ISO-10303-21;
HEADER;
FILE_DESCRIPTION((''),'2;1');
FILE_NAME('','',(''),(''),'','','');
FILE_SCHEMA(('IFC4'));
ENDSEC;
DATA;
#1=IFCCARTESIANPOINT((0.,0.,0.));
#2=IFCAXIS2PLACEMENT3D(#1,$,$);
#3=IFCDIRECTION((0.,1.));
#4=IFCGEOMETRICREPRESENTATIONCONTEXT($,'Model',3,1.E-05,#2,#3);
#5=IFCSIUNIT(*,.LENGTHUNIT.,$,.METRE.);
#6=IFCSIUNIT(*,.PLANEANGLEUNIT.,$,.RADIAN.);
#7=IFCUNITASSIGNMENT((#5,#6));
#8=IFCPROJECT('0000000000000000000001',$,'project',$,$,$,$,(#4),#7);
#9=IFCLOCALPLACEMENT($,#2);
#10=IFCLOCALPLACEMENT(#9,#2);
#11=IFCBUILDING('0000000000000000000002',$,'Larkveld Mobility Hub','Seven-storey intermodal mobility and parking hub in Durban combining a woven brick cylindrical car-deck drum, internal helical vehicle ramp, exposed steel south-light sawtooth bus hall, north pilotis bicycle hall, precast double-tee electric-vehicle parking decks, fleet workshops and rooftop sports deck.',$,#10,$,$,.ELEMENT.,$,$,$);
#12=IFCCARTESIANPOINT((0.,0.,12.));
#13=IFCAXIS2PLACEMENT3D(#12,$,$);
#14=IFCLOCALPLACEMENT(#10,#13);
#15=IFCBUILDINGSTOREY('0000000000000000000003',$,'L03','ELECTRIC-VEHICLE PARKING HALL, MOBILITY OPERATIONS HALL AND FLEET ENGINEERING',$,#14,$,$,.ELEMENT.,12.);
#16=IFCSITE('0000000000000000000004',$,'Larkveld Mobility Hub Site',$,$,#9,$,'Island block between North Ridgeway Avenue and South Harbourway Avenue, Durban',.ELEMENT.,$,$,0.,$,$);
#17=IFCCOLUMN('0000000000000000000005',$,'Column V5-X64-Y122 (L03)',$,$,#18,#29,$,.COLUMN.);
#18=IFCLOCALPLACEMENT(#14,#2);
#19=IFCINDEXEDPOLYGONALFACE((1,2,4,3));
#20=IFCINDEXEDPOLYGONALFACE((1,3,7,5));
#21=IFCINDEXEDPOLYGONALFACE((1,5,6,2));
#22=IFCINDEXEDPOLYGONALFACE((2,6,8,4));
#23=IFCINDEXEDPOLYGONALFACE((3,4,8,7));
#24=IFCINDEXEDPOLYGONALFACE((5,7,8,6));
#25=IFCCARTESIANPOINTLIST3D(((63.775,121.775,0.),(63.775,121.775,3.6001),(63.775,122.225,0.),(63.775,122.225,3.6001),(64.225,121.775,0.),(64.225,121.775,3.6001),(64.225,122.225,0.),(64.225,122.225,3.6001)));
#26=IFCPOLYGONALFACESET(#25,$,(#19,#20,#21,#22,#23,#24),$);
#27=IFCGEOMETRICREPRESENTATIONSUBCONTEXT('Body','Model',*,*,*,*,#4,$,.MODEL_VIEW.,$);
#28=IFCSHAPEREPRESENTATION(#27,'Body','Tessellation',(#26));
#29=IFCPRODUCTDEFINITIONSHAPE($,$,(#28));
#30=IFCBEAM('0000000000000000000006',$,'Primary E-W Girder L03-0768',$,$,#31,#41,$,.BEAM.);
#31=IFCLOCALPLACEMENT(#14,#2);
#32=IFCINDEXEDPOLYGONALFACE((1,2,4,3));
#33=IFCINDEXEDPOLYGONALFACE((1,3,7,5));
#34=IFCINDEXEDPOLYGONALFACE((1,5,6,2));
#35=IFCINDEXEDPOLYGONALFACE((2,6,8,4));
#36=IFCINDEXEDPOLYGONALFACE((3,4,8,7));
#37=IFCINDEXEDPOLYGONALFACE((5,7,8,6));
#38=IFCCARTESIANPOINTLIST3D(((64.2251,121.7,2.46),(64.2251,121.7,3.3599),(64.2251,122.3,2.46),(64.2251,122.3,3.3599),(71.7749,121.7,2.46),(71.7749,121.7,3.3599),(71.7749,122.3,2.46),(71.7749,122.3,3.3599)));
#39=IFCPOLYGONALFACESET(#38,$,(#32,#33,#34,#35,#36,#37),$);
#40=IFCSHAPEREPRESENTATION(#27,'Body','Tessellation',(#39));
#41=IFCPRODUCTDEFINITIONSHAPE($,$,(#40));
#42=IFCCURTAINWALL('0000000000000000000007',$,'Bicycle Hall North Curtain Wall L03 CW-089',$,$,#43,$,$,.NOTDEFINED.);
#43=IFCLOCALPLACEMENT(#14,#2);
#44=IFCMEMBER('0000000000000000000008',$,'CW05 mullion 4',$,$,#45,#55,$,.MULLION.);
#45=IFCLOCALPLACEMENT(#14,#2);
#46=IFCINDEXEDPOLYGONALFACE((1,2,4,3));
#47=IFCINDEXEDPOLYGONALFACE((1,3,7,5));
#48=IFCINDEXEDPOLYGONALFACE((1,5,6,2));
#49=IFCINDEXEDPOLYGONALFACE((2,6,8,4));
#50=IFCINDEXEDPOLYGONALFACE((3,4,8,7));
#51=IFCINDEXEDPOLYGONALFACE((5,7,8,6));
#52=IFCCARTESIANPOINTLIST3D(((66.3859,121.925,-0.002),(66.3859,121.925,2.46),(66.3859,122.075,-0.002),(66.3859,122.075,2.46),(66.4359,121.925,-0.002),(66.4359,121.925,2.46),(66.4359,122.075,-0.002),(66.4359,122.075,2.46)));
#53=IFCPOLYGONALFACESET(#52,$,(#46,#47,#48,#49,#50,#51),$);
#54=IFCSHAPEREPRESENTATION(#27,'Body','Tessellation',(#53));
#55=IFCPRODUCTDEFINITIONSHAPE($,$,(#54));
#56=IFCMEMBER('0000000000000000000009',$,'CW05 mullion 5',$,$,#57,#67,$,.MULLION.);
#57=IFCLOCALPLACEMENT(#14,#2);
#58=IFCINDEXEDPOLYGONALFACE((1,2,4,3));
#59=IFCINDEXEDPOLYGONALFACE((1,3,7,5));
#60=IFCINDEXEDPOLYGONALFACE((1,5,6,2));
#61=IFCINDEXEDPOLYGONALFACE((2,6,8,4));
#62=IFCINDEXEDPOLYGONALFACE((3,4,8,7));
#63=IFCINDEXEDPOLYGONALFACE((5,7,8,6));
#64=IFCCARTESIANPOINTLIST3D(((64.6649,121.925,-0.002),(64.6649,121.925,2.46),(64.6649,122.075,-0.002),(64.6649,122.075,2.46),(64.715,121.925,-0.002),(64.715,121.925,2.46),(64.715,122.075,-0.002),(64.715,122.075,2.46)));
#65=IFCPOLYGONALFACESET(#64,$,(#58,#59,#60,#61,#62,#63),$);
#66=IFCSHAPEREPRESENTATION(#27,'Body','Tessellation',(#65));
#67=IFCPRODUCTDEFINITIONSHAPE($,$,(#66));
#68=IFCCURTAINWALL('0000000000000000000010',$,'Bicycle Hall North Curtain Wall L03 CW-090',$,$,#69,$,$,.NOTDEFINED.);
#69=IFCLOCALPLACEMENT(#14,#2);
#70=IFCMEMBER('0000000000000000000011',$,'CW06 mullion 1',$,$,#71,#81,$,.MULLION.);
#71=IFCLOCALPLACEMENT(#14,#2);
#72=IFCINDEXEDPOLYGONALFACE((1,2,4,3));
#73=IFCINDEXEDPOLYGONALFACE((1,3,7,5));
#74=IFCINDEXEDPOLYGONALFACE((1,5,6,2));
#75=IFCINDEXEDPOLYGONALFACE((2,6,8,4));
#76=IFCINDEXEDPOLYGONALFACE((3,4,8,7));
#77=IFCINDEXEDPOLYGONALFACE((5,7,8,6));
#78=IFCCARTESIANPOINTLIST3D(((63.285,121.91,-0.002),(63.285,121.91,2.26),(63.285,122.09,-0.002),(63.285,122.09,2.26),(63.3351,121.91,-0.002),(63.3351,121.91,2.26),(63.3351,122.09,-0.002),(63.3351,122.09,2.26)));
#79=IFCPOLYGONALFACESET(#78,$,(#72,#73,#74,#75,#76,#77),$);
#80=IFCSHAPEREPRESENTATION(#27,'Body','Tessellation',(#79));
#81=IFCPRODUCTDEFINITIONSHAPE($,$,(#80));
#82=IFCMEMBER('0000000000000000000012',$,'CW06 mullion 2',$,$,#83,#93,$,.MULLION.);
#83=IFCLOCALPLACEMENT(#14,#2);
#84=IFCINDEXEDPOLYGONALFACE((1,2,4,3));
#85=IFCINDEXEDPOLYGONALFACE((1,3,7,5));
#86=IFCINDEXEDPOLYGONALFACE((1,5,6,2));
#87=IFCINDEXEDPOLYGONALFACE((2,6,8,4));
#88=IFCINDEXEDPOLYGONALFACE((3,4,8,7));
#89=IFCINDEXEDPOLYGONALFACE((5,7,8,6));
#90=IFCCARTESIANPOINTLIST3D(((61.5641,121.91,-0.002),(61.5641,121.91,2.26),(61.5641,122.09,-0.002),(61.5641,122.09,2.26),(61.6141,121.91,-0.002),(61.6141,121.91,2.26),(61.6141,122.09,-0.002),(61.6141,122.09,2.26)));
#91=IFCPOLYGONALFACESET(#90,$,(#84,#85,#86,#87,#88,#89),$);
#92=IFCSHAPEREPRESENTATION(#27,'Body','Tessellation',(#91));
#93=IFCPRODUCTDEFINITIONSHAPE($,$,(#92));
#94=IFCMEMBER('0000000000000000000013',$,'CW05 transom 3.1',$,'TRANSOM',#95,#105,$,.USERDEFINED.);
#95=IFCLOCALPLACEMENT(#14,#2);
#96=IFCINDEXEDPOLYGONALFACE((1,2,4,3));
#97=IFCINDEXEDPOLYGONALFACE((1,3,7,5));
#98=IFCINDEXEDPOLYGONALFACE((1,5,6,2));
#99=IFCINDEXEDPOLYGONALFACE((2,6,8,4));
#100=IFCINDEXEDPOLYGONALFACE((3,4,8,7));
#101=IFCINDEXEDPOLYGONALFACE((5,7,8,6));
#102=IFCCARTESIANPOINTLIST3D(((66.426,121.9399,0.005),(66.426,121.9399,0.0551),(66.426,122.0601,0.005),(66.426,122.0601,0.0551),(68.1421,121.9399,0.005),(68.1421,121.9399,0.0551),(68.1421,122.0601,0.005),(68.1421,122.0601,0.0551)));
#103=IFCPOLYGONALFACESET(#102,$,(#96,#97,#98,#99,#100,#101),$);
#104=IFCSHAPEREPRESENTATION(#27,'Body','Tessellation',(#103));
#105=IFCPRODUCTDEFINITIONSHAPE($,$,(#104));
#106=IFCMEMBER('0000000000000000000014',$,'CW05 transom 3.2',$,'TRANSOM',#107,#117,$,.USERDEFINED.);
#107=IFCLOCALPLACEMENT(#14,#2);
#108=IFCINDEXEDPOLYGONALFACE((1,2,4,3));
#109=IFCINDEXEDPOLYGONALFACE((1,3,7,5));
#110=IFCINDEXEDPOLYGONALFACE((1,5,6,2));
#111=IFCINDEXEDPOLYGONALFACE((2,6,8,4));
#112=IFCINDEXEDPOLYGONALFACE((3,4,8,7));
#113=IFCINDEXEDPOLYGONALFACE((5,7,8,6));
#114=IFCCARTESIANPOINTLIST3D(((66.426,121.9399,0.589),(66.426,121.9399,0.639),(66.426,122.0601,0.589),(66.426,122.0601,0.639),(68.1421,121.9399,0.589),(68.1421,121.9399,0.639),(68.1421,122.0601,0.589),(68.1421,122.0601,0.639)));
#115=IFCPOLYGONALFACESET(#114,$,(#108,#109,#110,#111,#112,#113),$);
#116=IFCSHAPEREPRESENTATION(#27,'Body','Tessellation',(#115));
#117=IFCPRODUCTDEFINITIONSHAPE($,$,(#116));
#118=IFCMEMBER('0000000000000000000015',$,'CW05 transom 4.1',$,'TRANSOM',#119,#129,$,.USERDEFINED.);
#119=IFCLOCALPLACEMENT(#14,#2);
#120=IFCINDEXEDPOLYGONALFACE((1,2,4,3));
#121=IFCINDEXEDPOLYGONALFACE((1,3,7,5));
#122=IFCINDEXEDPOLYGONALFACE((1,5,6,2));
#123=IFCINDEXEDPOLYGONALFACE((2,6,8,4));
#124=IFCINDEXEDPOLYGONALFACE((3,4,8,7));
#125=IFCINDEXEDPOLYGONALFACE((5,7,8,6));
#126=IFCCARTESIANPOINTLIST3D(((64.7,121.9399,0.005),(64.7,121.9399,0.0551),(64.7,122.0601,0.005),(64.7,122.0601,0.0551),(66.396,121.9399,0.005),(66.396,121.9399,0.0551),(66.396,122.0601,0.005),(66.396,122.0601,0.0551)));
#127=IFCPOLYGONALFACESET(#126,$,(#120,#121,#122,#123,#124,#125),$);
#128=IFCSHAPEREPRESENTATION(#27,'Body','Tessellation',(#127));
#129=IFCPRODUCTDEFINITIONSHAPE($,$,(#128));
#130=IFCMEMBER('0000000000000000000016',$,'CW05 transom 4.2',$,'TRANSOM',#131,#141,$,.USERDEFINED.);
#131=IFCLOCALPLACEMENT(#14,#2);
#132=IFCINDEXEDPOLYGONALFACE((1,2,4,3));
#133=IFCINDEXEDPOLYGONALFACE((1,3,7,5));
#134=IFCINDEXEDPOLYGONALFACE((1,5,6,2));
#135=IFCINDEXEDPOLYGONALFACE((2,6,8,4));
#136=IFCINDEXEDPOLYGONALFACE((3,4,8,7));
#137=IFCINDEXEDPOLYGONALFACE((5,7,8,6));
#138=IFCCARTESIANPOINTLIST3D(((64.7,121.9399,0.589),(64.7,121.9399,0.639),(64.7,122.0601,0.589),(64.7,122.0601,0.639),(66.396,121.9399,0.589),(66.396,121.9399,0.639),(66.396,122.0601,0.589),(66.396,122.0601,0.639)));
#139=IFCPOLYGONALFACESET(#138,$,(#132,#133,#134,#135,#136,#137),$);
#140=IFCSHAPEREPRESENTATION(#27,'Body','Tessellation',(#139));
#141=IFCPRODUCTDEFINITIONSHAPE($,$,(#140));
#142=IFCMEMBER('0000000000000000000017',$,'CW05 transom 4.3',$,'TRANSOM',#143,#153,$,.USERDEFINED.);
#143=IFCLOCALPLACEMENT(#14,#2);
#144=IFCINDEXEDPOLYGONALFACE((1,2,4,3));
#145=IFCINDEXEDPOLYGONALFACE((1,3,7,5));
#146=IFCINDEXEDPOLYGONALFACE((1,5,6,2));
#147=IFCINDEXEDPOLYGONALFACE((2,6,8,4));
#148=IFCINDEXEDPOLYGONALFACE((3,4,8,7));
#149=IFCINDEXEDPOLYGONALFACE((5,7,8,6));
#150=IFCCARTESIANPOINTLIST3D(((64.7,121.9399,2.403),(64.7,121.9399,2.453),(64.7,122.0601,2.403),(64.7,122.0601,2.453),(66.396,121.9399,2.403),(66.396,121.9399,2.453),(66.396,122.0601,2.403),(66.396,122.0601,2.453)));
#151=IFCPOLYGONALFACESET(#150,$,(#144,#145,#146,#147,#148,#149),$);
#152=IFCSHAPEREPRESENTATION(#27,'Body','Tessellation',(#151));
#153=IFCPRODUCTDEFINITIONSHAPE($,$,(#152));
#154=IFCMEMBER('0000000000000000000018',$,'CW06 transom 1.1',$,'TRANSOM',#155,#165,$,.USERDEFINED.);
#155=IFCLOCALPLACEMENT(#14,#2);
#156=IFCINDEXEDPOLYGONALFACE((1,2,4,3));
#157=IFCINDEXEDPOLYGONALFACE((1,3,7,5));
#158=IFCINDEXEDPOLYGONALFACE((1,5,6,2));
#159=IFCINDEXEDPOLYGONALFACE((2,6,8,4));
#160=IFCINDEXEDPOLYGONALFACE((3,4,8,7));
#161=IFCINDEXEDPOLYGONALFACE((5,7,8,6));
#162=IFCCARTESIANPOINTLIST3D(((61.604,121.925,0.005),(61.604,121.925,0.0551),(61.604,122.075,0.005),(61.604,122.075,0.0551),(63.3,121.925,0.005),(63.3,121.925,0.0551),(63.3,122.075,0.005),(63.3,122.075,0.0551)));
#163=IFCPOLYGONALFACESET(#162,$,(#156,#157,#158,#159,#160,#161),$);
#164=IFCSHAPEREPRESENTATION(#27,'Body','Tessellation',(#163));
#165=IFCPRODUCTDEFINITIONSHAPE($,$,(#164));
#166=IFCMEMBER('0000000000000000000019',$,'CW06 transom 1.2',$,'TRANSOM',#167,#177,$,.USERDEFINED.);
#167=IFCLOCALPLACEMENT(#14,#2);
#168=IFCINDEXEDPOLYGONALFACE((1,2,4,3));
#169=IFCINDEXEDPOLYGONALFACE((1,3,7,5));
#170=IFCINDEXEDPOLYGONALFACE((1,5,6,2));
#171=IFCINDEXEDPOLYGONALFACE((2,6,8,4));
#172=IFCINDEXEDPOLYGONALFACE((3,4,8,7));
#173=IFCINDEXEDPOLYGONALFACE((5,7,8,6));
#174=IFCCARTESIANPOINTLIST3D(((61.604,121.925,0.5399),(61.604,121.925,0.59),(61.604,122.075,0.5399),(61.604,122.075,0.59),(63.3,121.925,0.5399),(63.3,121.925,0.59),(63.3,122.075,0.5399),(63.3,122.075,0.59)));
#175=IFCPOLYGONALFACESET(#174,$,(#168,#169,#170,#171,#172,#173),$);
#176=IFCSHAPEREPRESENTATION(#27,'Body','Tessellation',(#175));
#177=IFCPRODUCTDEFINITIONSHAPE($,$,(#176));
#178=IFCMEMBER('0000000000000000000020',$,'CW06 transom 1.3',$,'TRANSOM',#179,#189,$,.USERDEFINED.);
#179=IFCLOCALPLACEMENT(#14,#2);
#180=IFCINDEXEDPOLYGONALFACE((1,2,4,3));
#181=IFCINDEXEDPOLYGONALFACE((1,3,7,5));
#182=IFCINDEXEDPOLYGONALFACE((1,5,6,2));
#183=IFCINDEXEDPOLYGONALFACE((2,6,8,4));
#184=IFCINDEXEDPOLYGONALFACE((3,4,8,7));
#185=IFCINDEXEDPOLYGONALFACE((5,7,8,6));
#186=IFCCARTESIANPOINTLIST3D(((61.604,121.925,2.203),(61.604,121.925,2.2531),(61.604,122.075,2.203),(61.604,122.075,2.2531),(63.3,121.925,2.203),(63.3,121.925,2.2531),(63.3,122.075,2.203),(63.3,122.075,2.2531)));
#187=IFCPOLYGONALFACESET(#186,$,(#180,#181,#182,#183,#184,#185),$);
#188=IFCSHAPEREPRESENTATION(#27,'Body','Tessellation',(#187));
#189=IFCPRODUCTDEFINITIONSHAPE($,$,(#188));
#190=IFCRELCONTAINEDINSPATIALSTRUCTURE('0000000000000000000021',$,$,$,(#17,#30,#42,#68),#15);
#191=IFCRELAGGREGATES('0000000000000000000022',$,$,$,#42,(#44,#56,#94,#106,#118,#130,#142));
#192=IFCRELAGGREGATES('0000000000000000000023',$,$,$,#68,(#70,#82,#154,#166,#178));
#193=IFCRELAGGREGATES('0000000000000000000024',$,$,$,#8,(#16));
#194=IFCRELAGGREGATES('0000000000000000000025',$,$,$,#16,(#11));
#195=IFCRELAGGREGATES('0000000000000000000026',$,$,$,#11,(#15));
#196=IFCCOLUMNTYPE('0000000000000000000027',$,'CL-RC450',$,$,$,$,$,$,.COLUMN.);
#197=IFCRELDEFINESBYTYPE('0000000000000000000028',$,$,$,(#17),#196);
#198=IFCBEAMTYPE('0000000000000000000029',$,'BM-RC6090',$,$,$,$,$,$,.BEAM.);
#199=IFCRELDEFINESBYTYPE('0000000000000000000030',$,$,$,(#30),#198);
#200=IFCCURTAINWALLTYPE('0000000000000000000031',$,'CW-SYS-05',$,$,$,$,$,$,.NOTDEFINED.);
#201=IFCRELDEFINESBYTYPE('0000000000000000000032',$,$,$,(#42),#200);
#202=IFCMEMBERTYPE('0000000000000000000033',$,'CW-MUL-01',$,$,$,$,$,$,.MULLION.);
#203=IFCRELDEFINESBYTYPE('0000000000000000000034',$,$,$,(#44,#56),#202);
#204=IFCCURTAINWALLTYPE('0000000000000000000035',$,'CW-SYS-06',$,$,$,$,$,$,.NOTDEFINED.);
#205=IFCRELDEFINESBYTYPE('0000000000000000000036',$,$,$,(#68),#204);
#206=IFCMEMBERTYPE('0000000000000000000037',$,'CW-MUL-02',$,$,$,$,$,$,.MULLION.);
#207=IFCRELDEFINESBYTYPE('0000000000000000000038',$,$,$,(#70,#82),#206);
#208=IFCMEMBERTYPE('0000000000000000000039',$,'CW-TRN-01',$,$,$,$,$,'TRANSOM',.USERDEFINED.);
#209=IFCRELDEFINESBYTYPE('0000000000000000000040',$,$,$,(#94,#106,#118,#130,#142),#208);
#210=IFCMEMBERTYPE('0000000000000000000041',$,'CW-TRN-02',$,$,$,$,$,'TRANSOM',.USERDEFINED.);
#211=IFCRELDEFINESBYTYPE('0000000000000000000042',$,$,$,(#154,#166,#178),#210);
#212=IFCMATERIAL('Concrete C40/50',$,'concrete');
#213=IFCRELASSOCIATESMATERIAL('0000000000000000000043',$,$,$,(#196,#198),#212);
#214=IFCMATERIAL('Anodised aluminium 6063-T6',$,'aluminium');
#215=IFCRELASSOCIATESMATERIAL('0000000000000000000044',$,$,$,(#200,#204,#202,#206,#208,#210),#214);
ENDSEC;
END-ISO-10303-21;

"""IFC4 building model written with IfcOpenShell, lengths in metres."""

from ifc_helpers import new_model, si_unit, direction, frame, origin, origin_2d, place, context, subcontext, project, spatial, rectangle, extrude, material, material_profile, profile_set, type_object, element, aggregate, save


model = new_model("IFC4")

# Units and contexts
model_context = context("Model", 3, precision=1e-05, world=origin(), true_north=direction((0.0, 1.0)))
body_context = subcontext(model_context, "Body", "Model", "MODEL_VIEW")
ifc_project = project(units=[si_unit("LENGTHUNIT", "METRE"), si_unit("PLANEANGLEUNIT", "RADIAN")], contexts=[model_context])

# Site, building, storey
site_placement = place(None, origin())
site = spatial("IfcSite", under=ifc_project, at=site_placement, Name="Larkveld Mobility Hub Site", LongName="Island block between North Ridgeway Avenue and South Harbourway Avenue, Durban", CompositionType="ELEMENT", RefElevation=0.0)
building_placement = place(site_placement, origin())
building = spatial("IfcBuilding", under=site, at=building_placement, Name="Larkveld Mobility Hub", Description="Seven-storey intermodal mobility and parking hub in Durban combining a woven brick cylindrical car-deck drum, internal helical vehicle ramp, exposed steel south-light sawtooth bus hall, north pilotis bicycle hall, precast double-tee electric-vehicle parking decks, fleet workshops and rooftop sports deck.", CompositionType="ELEMENT")
storey_placement = place(building_placement, frame((0.0, 0.0, 12.0)))
storey = spatial("IfcBuildingStorey", under=building, at=storey_placement, Name="L03", Description="ELECTRIC-VEHICLE PARKING HALL, MOBILITY OPERATIONS HALL AND FLEET ENGINEERING", CompositionType="ELEMENT", Elevation=12.0)

# Column
ifc_material_1 = material(Name="Concrete C40/50", Category="concrete")
ifc_material_profile_1 = material_profile(ifc_material_1, rectangle(XDim=0.45, YDim=0.45, at=origin_2d()), Name="RC COL 450x450")
ifc_profile_set_1 = profile_set([ifc_material_profile_1], Name="Concrete C40/50")
column_type = type_object("IfcColumnType", Name="CL-RC450", PredefinedType="COLUMN", material=ifc_profile_set_1)
column_placement = place(storey_placement, frame((64.0, 122.0, 0.0), z_axis=(0.0, 0.0, 1.0), x_axis=(1.0, 0.0, 0.0)))
element("IfcColumn", 1, at=column_placement, inside=storey, type_object=column_type, Name="Column V5-X64-Y122 (L03)", PredefinedType="COLUMN", context=body_context, shape_type="SweptSolid", body=[
    extrude(rectangle(XDim=0.45, YDim=0.45, at=origin_2d()), origin(), (0.0, 0.0, 1.0), 3.6001),
])

# Beam
ifc_material_profile_2 = material_profile(ifc_material_1, rectangle(XDim=0.6001, YDim=0.8999, at=origin_2d()), Name="RC BM 600x900")
ifc_profile_set_2 = profile_set([ifc_material_profile_2], Name="Concrete C40/50")
beam_type = type_object("IfcBeamType", Name="BM-RC6090", PredefinedType="BEAM", material=ifc_profile_set_2)
beam_placement = place(storey_placement, frame((64.2251, 122.0, 2.9099), z_axis=(1.0, 0.0, 0.0), x_axis=(0.0, 1.0, 0.0)))
element("IfcBeam", 2, at=beam_placement, inside=storey, type_object=beam_type, Name="Primary E-W Girder L03-0768", PredefinedType="BEAM", context=body_context, shape_type="SweptSolid", body=[
    extrude(rectangle(XDim=0.6001, YDim=0.8999, at=origin_2d()), origin(), (0.0, 0.0, 1.0), 7.5498),
])

# Curtain walls, members
ifc_material_2 = material(Name="Anodised aluminium 6063-T6", Category="aluminium")
curtain_wall_type_1 = type_object("IfcCurtainWallType", Name="CW-SYS-05", PredefinedType="NOTDEFINED", material=ifc_material_2)
curtain_wall_1_placement = place(storey_placement, origin())
curtain_wall_1 = element("IfcCurtainWall", 3, at=curtain_wall_1_placement, inside=storey, type_object=curtain_wall_type_1, Name="Bicycle Hall North Curtain Wall L03 CW-089", PredefinedType="NOTDEFINED")
ifc_material_profile_3 = material_profile(ifc_material_2, rectangle(XDim=0.05, YDim=0.1499, at=origin_2d()), Name="ALU MULL 50x150")
ifc_profile_set_3 = profile_set([ifc_material_profile_3], Name="Anodised aluminium 6063-T6")
member_type_1 = type_object("IfcMemberType", Name="CW-MUL-01", PredefinedType="MULLION", material=ifc_profile_set_3)
member_1_placement = place(storey_placement, frame((66.4109, 122.0, -0.002), z_axis=(0.0, 0.0, 1.0), x_axis=(-1.0, 0.0, 0.0)))
member_1 = element("IfcMember", 4, at=member_1_placement, type_object=member_type_1, Name="CW05 mullion 4", PredefinedType="MULLION", context=body_context, shape_type="SweptSolid", body=[
    extrude(rectangle(XDim=0.05, YDim=0.1499, at=origin_2d()), origin(), (0.0, 0.0, 1.0), 2.4619),
])
member_2_placement = place(storey_placement, frame((64.6899, 122.0, -0.002), z_axis=(0.0, 0.0, 1.0), x_axis=(-1.0, 0.0, 0.0)))
member_2 = element("IfcMember", 5, at=member_2_placement, type_object=member_type_1, Name="CW05 mullion 5", PredefinedType="MULLION", context=body_context, shape_type="SweptSolid", body=[
    extrude(rectangle(XDim=0.05, YDim=0.1499, at=origin_2d()), origin(), (0.0, 0.0, 1.0), 2.4619),
])
curtain_wall_type_2 = type_object("IfcCurtainWallType", Name="CW-SYS-06", PredefinedType="NOTDEFINED", material=ifc_material_2)
curtain_wall_2_placement = place(storey_placement, origin())
curtain_wall_2 = element("IfcCurtainWall", 6, at=curtain_wall_2_placement, inside=storey, type_object=curtain_wall_type_2, Name="Bicycle Hall North Curtain Wall L03 CW-090", PredefinedType="NOTDEFINED")
ifc_material_profile_4 = material_profile(ifc_material_2, rectangle(XDim=0.05, YDim=0.1799, at=origin_2d()), Name="ALU MULL 50x180")
ifc_profile_set_4 = profile_set([ifc_material_profile_4], Name="Anodised aluminium 6063-T6")
member_type_2 = type_object("IfcMemberType", Name="CW-MUL-02", PredefinedType="MULLION", material=ifc_profile_set_4)
member_3_placement = place(storey_placement, frame((63.3101, 122.0, -0.002), z_axis=(0.0, 0.0, 1.0), x_axis=(-1.0, 0.0, 0.0)))
member_3 = element("IfcMember", 7, at=member_3_placement, type_object=member_type_2, Name="CW06 mullion 1", PredefinedType="MULLION", context=body_context, shape_type="SweptSolid", body=[
    extrude(rectangle(XDim=0.05, YDim=0.1799, at=origin_2d()), origin(), (0.0, 0.0, 1.0), 2.262),
])
member_4_placement = place(storey_placement, frame((61.5891, 122.0, -0.002), z_axis=(0.0, 0.0, 1.0), x_axis=(-1.0, 0.0, 0.0)))
member_4 = element("IfcMember", 8, at=member_4_placement, type_object=member_type_2, Name="CW06 mullion 2", PredefinedType="MULLION", context=body_context, shape_type="SweptSolid", body=[
    extrude(rectangle(XDim=0.05, YDim=0.1799, at=origin_2d()), origin(), (0.0, 0.0, 1.0), 2.262),
])

# Members
ifc_material_profile_5 = material_profile(ifc_material_2, rectangle(XDim=0.1201, YDim=0.05, at=origin_2d()), Name="ALU TRAN 50x120")
ifc_profile_set_5 = profile_set([ifc_material_profile_5], Name="Anodised aluminium 6063-T6")
member_type_3 = type_object("IfcMemberType", Name="CW-TRN-01", ElementType="TRANSOM", PredefinedType="USERDEFINED", material=ifc_profile_set_5)
member_5_placement = place(storey_placement, frame((68.1421, 122.0, 0.03), z_axis=(-1.0, 0.0, 0.0), x_axis=(0.0, -1.0, 0.0)))
member_5 = element("IfcMember", 9, at=member_5_placement, type_object=member_type_3, Name="CW05 transom 3.1", ObjectType="TRANSOM", PredefinedType="USERDEFINED", context=body_context, shape_type="SweptSolid", body=[
    extrude(rectangle(XDim=0.1201, YDim=0.05, at=origin_2d()), origin(), (0.0, 0.0, 1.0), 1.7161),
])
member_6_placement = place(storey_placement, frame((68.1421, 122.0, 0.614), z_axis=(-1.0, 0.0, 0.0), x_axis=(0.0, -1.0, 0.0)))
member_6 = element("IfcMember", 10, at=member_6_placement, type_object=member_type_3, Name="CW05 transom 3.2", ObjectType="TRANSOM", PredefinedType="USERDEFINED", context=body_context, shape_type="SweptSolid", body=[
    extrude(rectangle(XDim=0.1201, YDim=0.05, at=origin_2d()), origin(), (0.0, 0.0, 1.0), 1.7161),
])
member_7_placement = place(storey_placement, frame((66.396, 122.0, 0.03), z_axis=(-1.0, 0.0, 0.0), x_axis=(0.0, -1.0, 0.0)))
member_7 = element("IfcMember", 11, at=member_7_placement, type_object=member_type_3, Name="CW05 transom 4.1", ObjectType="TRANSOM", PredefinedType="USERDEFINED", context=body_context, shape_type="SweptSolid", body=[
    extrude(rectangle(XDim=0.1201, YDim=0.05, at=origin_2d()), origin(), (0.0, 0.0, 1.0), 1.696),
])
member_8_placement = place(storey_placement, frame((66.396, 122.0, 0.614), z_axis=(-1.0, 0.0, 0.0), x_axis=(0.0, -1.0, 0.0)))
member_8 = element("IfcMember", 12, at=member_8_placement, type_object=member_type_3, Name="CW05 transom 4.2", ObjectType="TRANSOM", PredefinedType="USERDEFINED", context=body_context, shape_type="SweptSolid", body=[
    extrude(rectangle(XDim=0.1201, YDim=0.05, at=origin_2d()), origin(), (0.0, 0.0, 1.0), 1.696),
])
member_9_placement = place(storey_placement, frame((66.396, 122.0, 2.428), z_axis=(-1.0, 0.0, 0.0), x_axis=(0.0, -1.0, 0.0)))
member_9 = element("IfcMember", 13, at=member_9_placement, type_object=member_type_3, Name="CW05 transom 4.3", ObjectType="TRANSOM", PredefinedType="USERDEFINED", context=body_context, shape_type="SweptSolid", body=[
    extrude(rectangle(XDim=0.1201, YDim=0.05, at=origin_2d()), origin(), (0.0, 0.0, 1.0), 1.696),
])
ifc_material_profile_6 = material_profile(ifc_material_2, rectangle(XDim=0.1499, YDim=0.05, at=origin_2d()), Name="ALU TRAN 50x150")
ifc_profile_set_6 = profile_set([ifc_material_profile_6], Name="Anodised aluminium 6063-T6")
member_type_4 = type_object("IfcMemberType", Name="CW-TRN-02", ElementType="TRANSOM", PredefinedType="USERDEFINED", material=ifc_profile_set_6)
member_10_placement = place(storey_placement, frame((63.3, 122.0, 0.03), z_axis=(-1.0, 0.0, 0.0), x_axis=(0.0, -1.0, 0.0)))
member_10 = element("IfcMember", 14, at=member_10_placement, type_object=member_type_4, Name="CW06 transom 1.1", ObjectType="TRANSOM", PredefinedType="USERDEFINED", context=body_context, shape_type="SweptSolid", body=[
    extrude(rectangle(XDim=0.1499, YDim=0.05, at=origin_2d()), origin(), (0.0, 0.0, 1.0), 1.696),
])
member_11_placement = place(storey_placement, frame((63.3, 122.0, 0.5649), z_axis=(-1.0, 0.0, 0.0), x_axis=(0.0, -1.0, 0.0)))
member_11 = element("IfcMember", 15, at=member_11_placement, type_object=member_type_4, Name="CW06 transom 1.2", ObjectType="TRANSOM", PredefinedType="USERDEFINED", context=body_context, shape_type="SweptSolid", body=[
    extrude(rectangle(XDim=0.1499, YDim=0.05, at=origin_2d()), origin(), (0.0, 0.0, 1.0), 1.696),
])
member_12_placement = place(storey_placement, frame((63.3, 122.0, 2.228), z_axis=(-1.0, 0.0, 0.0), x_axis=(0.0, -1.0, 0.0)))
member_12 = element("IfcMember", 16, at=member_12_placement, type_object=member_type_4, Name="CW06 transom 1.3", ObjectType="TRANSOM", PredefinedType="USERDEFINED", context=body_context, shape_type="SweptSolid", body=[
    extrude(rectangle(XDim=0.1499, YDim=0.05, at=origin_2d()), origin(), (0.0, 0.0, 1.0), 1.696),
])

aggregate(curtain_wall_1, [member_1, member_2, member_5, member_6, member_7, member_8, member_9])
aggregate(curtain_wall_2, [member_3, member_4, member_10, member_11, member_12])

save(model, "model.ifc")
